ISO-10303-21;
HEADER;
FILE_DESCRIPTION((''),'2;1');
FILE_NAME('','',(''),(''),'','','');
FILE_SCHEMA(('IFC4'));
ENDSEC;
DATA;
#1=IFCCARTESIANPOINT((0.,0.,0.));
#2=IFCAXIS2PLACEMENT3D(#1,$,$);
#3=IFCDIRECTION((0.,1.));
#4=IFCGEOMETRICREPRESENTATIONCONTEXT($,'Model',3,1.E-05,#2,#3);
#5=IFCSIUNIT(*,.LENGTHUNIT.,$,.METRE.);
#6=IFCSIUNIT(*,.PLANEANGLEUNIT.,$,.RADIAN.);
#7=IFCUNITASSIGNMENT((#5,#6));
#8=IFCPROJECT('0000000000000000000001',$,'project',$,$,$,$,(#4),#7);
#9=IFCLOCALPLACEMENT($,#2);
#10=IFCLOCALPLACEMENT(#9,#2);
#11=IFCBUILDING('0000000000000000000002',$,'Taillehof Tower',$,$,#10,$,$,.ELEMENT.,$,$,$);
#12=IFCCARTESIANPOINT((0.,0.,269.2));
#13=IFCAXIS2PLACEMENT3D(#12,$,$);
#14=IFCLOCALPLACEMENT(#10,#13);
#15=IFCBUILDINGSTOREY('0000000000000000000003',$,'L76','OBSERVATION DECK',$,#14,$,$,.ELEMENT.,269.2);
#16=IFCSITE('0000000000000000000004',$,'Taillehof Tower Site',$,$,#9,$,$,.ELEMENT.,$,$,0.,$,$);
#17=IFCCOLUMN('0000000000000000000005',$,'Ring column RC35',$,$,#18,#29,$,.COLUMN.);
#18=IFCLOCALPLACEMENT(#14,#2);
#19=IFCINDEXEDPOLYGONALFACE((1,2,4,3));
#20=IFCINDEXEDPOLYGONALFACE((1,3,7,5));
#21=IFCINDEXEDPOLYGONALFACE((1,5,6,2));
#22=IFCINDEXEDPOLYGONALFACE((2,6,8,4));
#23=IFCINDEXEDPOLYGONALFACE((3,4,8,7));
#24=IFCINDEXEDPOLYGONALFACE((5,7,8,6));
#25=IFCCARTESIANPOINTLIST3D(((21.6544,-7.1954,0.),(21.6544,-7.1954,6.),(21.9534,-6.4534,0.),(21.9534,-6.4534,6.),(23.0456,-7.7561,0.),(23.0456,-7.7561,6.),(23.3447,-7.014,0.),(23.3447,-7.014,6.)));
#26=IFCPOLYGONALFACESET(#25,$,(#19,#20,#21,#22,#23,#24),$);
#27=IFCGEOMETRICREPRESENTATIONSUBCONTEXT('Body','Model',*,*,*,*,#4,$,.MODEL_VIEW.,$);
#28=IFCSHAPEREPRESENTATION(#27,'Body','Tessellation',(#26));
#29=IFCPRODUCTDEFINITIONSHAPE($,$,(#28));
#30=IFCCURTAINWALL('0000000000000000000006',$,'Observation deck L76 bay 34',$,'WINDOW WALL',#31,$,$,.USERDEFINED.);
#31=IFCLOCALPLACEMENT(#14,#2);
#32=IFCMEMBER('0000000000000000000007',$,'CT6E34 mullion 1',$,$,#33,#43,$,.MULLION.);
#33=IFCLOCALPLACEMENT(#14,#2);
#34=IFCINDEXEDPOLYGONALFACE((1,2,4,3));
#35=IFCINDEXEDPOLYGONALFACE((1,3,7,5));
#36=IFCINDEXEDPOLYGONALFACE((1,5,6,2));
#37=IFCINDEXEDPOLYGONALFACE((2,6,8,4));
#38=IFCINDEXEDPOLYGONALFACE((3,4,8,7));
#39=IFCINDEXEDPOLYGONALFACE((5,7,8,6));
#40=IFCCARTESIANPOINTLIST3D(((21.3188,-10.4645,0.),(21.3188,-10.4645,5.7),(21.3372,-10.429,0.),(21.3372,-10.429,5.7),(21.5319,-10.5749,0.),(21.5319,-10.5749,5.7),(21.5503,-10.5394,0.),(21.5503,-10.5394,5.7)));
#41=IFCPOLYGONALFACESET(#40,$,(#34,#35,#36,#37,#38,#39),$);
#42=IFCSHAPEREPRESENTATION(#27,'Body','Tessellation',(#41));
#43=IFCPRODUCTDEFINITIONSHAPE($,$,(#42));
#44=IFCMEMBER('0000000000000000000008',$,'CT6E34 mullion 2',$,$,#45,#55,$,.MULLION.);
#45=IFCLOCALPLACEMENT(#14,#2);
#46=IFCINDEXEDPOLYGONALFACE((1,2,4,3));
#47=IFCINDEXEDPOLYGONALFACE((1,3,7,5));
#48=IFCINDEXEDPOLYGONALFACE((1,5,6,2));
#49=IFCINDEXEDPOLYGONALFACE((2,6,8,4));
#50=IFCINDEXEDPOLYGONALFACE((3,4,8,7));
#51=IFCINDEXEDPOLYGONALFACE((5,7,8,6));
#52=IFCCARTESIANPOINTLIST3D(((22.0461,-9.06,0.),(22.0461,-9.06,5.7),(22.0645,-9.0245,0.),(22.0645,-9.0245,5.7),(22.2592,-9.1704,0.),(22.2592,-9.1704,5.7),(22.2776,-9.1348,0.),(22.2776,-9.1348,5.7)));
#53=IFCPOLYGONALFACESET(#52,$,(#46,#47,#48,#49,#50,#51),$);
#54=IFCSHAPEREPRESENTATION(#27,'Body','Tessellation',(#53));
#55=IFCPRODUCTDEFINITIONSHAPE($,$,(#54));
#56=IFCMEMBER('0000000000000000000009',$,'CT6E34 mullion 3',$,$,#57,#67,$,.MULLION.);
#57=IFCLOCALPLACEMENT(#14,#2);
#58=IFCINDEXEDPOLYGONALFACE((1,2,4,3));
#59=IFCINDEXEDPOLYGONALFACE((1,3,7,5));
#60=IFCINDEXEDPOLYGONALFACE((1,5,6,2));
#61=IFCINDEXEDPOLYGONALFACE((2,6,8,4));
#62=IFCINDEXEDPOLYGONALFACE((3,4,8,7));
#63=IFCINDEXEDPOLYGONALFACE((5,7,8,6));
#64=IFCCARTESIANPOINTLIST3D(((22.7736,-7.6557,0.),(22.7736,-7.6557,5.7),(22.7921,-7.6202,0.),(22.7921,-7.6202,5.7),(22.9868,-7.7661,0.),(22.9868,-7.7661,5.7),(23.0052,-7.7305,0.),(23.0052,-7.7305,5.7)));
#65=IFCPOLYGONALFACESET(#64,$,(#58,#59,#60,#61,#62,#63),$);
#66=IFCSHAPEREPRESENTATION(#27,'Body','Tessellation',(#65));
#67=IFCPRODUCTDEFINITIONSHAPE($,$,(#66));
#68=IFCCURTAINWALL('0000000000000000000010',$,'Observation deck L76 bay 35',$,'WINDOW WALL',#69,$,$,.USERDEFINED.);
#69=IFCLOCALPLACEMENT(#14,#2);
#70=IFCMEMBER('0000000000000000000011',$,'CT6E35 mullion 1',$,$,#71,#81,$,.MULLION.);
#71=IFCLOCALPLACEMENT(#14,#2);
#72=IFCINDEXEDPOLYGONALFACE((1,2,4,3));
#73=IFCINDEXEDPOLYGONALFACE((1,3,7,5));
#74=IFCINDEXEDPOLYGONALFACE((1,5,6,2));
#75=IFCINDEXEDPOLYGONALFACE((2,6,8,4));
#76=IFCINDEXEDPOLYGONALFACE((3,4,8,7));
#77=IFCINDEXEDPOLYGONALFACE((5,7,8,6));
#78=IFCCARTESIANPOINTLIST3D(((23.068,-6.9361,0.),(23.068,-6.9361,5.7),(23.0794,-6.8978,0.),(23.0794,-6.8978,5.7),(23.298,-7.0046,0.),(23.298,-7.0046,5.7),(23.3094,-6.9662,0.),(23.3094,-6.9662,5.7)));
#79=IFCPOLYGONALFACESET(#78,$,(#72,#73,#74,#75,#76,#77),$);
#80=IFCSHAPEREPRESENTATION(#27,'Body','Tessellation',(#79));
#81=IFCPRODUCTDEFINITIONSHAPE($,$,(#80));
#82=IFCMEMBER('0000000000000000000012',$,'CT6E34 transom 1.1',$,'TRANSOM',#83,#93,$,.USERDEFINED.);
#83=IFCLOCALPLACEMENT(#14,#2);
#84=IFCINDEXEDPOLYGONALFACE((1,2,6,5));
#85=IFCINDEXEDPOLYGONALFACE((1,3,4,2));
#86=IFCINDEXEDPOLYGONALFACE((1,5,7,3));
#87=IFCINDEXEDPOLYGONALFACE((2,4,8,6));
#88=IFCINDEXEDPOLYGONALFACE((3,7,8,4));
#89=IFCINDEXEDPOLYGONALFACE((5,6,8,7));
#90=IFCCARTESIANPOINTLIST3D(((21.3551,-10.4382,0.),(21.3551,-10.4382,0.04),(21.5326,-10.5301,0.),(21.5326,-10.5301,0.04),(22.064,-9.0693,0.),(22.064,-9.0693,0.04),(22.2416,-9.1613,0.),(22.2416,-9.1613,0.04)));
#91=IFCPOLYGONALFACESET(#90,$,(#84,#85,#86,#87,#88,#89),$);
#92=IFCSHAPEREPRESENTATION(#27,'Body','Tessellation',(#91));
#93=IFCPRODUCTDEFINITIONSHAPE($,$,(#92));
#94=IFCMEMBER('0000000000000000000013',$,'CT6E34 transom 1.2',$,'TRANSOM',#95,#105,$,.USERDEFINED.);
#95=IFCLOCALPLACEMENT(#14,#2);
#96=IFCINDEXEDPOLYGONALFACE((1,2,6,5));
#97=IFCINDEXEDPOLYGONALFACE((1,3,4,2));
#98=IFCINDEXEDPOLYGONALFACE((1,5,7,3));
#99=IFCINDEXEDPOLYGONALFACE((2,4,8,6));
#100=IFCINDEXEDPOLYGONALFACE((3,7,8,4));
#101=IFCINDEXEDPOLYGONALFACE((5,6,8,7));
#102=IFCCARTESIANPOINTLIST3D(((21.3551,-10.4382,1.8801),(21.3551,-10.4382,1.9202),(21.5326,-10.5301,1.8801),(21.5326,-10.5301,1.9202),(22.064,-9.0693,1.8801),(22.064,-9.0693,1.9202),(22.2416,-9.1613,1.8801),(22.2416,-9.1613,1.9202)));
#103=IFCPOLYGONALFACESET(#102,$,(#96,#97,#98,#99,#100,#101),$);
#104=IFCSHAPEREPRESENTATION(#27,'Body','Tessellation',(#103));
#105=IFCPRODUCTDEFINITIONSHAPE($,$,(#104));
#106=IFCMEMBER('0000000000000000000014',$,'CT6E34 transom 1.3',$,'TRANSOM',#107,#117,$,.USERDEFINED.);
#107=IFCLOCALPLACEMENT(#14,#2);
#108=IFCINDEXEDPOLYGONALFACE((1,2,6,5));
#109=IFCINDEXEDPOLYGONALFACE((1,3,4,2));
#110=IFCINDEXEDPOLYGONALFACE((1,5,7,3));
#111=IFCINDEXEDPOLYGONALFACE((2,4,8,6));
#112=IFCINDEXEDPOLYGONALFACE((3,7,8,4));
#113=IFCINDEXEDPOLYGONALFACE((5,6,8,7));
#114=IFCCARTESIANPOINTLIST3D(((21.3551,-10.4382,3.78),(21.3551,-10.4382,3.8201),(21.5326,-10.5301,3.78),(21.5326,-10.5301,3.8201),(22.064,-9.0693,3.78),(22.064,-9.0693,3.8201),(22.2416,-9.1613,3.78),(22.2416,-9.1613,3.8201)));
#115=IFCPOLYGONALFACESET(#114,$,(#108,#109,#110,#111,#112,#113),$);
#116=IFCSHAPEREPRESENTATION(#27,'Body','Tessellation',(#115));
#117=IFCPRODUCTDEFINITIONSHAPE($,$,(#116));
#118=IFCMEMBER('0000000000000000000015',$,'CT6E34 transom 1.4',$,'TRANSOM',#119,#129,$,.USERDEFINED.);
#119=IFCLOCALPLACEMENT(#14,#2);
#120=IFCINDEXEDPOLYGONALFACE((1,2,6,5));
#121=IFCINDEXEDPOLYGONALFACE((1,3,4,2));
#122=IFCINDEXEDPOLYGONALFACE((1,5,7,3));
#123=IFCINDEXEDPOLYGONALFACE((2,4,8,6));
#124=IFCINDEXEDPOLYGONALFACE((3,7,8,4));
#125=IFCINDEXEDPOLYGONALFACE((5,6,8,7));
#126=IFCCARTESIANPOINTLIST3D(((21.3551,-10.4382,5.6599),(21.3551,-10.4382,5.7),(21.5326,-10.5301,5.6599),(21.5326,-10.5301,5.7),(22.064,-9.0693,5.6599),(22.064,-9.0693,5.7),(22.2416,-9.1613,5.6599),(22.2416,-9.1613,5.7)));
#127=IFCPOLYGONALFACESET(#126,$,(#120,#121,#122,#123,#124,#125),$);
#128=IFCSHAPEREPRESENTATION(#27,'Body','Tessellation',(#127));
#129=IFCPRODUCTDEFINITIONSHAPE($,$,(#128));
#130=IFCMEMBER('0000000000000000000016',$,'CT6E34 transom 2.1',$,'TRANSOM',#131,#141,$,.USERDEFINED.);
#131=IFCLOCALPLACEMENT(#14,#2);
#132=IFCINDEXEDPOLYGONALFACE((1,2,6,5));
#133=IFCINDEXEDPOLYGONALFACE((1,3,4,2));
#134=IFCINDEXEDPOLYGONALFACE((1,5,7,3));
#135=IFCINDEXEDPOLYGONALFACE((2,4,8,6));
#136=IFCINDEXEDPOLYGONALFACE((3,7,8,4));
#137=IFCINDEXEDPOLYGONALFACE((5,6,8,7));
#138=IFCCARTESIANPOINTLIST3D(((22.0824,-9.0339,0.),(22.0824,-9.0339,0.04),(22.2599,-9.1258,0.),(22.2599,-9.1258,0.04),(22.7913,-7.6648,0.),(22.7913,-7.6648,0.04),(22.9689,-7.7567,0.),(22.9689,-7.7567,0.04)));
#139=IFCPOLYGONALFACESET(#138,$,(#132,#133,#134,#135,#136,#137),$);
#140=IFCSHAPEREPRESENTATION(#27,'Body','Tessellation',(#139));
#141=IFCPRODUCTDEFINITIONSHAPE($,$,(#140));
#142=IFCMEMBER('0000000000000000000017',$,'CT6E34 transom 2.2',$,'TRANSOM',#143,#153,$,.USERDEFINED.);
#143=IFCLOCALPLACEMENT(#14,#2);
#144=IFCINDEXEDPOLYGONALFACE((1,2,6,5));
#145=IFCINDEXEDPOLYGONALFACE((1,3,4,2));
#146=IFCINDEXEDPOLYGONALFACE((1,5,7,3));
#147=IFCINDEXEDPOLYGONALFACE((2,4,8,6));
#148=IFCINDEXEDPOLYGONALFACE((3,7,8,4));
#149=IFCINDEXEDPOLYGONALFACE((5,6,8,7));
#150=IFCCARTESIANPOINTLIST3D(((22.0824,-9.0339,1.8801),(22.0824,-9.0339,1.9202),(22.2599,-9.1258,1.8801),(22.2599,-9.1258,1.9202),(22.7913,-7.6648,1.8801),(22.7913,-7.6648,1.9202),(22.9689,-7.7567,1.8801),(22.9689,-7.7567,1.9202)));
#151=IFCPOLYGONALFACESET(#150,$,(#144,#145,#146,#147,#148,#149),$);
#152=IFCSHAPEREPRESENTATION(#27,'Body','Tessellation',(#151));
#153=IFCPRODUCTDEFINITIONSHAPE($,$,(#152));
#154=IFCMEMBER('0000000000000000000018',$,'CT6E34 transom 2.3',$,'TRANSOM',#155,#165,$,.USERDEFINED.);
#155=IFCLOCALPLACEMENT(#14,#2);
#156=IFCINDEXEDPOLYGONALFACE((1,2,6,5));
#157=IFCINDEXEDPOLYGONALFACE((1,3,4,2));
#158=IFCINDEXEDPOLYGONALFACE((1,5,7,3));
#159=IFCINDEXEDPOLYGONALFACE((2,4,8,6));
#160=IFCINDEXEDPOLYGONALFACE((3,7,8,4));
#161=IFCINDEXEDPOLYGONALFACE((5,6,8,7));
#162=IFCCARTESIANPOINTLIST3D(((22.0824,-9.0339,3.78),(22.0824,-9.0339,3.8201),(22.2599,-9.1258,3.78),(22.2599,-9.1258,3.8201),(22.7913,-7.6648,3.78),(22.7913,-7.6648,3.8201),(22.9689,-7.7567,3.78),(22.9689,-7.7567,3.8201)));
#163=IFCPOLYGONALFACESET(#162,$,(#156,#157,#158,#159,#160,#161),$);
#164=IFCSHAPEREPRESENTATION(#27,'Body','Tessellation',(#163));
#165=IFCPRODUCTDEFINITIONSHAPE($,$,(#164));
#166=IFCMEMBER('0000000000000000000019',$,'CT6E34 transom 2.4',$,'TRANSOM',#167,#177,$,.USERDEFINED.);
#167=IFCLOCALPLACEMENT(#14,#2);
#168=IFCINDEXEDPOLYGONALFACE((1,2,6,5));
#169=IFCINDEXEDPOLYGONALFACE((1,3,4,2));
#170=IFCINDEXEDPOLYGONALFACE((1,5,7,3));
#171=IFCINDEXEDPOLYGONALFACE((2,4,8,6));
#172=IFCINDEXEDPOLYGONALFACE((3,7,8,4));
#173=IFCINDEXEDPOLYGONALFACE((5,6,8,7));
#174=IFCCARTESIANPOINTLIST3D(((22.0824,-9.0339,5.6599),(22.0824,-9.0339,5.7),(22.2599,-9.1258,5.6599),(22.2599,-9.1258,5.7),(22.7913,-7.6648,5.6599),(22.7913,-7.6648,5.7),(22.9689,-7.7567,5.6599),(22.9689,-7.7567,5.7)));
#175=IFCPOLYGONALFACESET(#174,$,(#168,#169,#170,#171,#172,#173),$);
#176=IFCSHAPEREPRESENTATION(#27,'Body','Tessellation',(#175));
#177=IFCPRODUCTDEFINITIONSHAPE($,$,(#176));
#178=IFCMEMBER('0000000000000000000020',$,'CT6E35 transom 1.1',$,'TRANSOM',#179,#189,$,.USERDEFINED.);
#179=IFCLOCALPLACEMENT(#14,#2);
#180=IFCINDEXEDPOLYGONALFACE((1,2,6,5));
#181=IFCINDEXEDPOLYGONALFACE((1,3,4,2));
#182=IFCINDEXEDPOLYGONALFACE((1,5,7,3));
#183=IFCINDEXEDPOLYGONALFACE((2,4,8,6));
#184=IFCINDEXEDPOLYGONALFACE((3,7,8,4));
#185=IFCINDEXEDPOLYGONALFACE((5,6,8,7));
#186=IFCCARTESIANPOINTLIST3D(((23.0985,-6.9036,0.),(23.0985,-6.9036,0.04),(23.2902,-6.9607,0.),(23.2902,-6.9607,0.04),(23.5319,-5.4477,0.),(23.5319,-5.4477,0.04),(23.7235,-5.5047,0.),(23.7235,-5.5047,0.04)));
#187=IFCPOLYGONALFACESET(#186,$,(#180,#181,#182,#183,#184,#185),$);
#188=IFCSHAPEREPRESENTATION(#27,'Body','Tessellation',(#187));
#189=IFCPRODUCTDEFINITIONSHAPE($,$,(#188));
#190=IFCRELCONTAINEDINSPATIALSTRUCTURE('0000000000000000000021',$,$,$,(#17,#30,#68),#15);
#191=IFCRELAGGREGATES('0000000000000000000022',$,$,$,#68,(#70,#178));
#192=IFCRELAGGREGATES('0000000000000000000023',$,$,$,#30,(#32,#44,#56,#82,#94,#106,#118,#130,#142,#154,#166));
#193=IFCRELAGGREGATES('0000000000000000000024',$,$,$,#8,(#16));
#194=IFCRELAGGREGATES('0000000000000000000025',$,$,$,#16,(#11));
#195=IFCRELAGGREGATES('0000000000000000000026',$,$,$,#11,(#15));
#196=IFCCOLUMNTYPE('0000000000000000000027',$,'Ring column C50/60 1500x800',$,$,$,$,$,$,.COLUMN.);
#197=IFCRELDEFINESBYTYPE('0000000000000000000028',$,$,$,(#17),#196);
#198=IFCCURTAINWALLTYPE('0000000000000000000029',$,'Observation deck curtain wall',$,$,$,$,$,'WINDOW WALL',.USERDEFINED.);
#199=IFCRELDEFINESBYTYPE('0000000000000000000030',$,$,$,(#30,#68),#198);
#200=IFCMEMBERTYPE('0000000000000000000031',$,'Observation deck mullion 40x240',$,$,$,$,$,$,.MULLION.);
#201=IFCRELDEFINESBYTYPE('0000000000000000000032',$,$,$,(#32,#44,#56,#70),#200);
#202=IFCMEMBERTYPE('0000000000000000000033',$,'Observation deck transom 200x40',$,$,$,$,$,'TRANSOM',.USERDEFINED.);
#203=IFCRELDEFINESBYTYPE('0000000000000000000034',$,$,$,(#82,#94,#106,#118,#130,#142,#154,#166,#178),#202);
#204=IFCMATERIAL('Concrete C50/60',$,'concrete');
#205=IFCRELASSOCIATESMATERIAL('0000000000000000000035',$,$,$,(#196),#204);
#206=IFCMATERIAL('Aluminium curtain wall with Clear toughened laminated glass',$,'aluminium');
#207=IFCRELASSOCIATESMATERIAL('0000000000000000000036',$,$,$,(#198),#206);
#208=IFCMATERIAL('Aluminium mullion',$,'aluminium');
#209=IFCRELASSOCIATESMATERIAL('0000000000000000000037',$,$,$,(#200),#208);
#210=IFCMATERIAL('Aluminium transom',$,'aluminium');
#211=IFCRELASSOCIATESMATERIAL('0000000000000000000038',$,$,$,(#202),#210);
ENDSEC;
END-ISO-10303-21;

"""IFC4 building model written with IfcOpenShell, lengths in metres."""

from ifc_helpers import new_model, si_unit, direction, frame, origin, origin_2d, place, context, subcontext, project, spatial, rectangle, extrude, material, material_profile, profile_set, type_object, element, aggregate, save


model = new_model("IFC4")

# Units and contexts
model_context = context("Model", 3, precision=1e-05, world=origin(), true_north=direction((0.0, 1.0)))
body_context = subcontext(model_context, "Body", "Model", "MODEL_VIEW")
ifc_project = project(units=[si_unit("LENGTHUNIT", "METRE"), si_unit("PLANEANGLEUNIT", "RADIAN")], contexts=[model_context])

# Site, building, storey
site_placement = place(None, origin())
site = spatial("IfcSite", under=ifc_project, at=site_placement, Name="Taillehof Tower Site", CompositionType="ELEMENT", RefElevation=0.0)
building_placement = place(site_placement, origin())
building = spatial("IfcBuilding", under=site, at=building_placement, Name="Taillehof Tower", CompositionType="ELEMENT")
storey_placement = place(building_placement, frame((0.0, 0.0, 269.2)))
storey = spatial("IfcBuildingStorey", under=building, at=storey_placement, Name="L76", Description="OBSERVATION DECK", CompositionType="ELEMENT", Elevation=269.2)

# Column
ifc_material_1 = material(Name="Concrete C50/60", Category="concrete")
ifc_material_profile_1 = material_profile(ifc_material_1, rectangle(XDim=1.5, YDim=0.8, at=origin_2d()), Name="RC 1500x800")
ifc_profile_set_1 = profile_set([ifc_material_profile_1], Name="Concrete C50/60")
column_type = type_object("IfcColumnType", Name="Ring column C50/60 1500x800", PredefinedType="COLUMN", material=ifc_profile_set_1)
column_placement = place(storey_placement, frame((22.4995, -7.1047, 0.0), z_axis=(0.0, 0.0, 1.0), x_axis=(0.927525, -0.373762, 0.0)))
element("IfcColumn", 1, at=column_placement, inside=storey, type_object=column_type, Name="Ring column RC35", PredefinedType="COLUMN", context=body_context, shape_type="SweptSolid", body=[
    extrude(rectangle(XDim=1.5, YDim=0.8, at=origin_2d()), origin(), (0.0, 0.0, 1.0), 6.0),
])

# Curtain wall, members
ifc_material_2 = material(Name="Aluminium curtain wall with Clear toughened laminated glass", Category="aluminium")
curtain_wall_type = type_object("IfcCurtainWallType", Name="Observation deck curtain wall", ElementType="WINDOW WALL", PredefinedType="USERDEFINED", material=ifc_material_2)
curtain_wall_1_placement = place(storey_placement, origin())
curtain_wall_1 = element("IfcCurtainWall", 2, at=curtain_wall_1_placement, inside=storey, type_object=curtain_wall_type, Name="Observation deck L76 bay 34", ObjectType="WINDOW WALL", PredefinedType="USERDEFINED")
ifc_material_3 = material(Name="Aluminium mullion", Category="aluminium")
ifc_material_profile_2 = material_profile(ifc_material_3, rectangle(XDim=0.24, YDim=0.04, at=origin_2d()), Name="AL 40x240")
ifc_profile_set_2 = profile_set([ifc_material_profile_2], Name="Aluminium mullion")
member_type_1 = type_object("IfcMemberType", Name="Observation deck mullion 40x240", PredefinedType="MULLION", material=ifc_profile_set_2)
member_1_placement = place(storey_placement, frame((21.4346, -10.502, 0.0), z_axis=(0.0, 0.0, 1.0), x_axis=(-0.887975, 0.459891, 0.0)))
member_1 = element("IfcMember", 3, at=member_1_placement, type_object=member_type_1, Name="CT6E34 mullion 1", PredefinedType="MULLION", context=body_context, shape_type="SweptSolid", body=[
    extrude(rectangle(XDim=0.24, YDim=0.04, at=origin_2d()), origin(), (0.0, 0.0, 1.0), 5.7),
])
member_2_placement = place(storey_placement, frame((22.1619, -9.0974, 0.0), z_axis=(0.0, 0.0, 1.0), x_axis=(-0.887975, 0.459891, 0.0)))
member_2 = element("IfcMember", 4, at=member_2_placement, type_object=member_type_1, Name="CT6E34 mullion 2", PredefinedType="MULLION", context=body_context, shape_type="SweptSolid", body=[
    extrude(rectangle(XDim=0.24, YDim=0.04, at=origin_2d()), origin(), (0.0, 0.0, 1.0), 5.7),
])
member_3_placement = place(storey_placement, frame((22.8894, -7.6931, 0.0), z_axis=(0.0, 0.0, 1.0), x_axis=(-0.887975, 0.459891, 0.0)))
member_3 = element("IfcMember", 5, at=member_3_placement, type_object=member_type_1, Name="CT6E34 mullion 3", PredefinedType="MULLION", context=body_context, shape_type="SweptSolid", body=[
    extrude(rectangle(XDim=0.24, YDim=0.04, at=origin_2d()), origin(), (0.0, 0.0, 1.0), 5.7),
])

# Curtain wall, member
curtain_wall_2_placement = place(storey_placement, origin())
curtain_wall_2 = element("IfcCurtainWall", 6, at=curtain_wall_2_placement, inside=storey, type_object=curtain_wall_type, Name="Observation deck L76 bay 35", ObjectType="WINDOW WALL", PredefinedType="USERDEFINED")
member_4_placement = place(storey_placement, frame((23.1887, -6.9512, 0.0), z_axis=(0.0, 0.0, 1.0), x_axis=(-0.958457, 0.285236, 0.0)))
member_4 = element("IfcMember", 7, at=member_4_placement, type_object=member_type_1, Name="CT6E35 mullion 1", PredefinedType="MULLION", context=body_context, shape_type="SweptSolid", body=[
    extrude(rectangle(XDim=0.24, YDim=0.04, at=origin_2d()), origin(), (0.0, 0.0, 1.0), 5.7),
])

# Members
ifc_material_4 = material(Name="Aluminium transom", Category="aluminium")
ifc_material_profile_3 = material_profile(ifc_material_4, rectangle(XDim=0.2, YDim=0.04, at=origin_2d()), Name="AL 200x40")
ifc_profile_set_3 = profile_set([ifc_material_profile_3], Name="Aluminium transom")
member_type_2 = type_object("IfcMemberType", Name="Observation deck transom 200x40", ElementType="TRANSOM", PredefinedType="USERDEFINED", material=ifc_profile_set_3)
member_5_placement = place(storey_placement, frame((21.4438, -10.4841, 0.02), z_axis=(0.459901, 0.88797, 0.0), x_axis=(-0.88797, 0.459901, 0.0)))
member_5 = element("IfcMember", 8, at=member_5_placement, type_object=member_type_2, Name="CT6E34 transom 1.1", ObjectType="TRANSOM", PredefinedType="USERDEFINED", context=body_context, shape_type="SweptSolid", body=[
    extrude(rectangle(XDim=0.2, YDim=0.04, at=origin_2d()), origin(), (0.0, 0.0, 1.0), 1.5415),
])
member_6_placement = place(storey_placement, frame((21.4438, -10.4841, 1.9001), z_axis=(0.459901, 0.88797, 0.0), x_axis=(-0.88797, 0.459901, 0.0)))
member_6 = element("IfcMember", 9, at=member_6_placement, type_object=member_type_2, Name="CT6E34 transom 1.2", ObjectType="TRANSOM", PredefinedType="USERDEFINED", context=body_context, shape_type="SweptSolid", body=[
    extrude(rectangle(XDim=0.2, YDim=0.04, at=origin_2d()), origin(), (0.0, 0.0, 1.0), 1.5415),
])
member_7_placement = place(storey_placement, frame((21.4438, -10.4841, 3.8), z_axis=(0.459901, 0.88797, 0.0), x_axis=(-0.88797, 0.459901, 0.0)))
member_7 = element("IfcMember", 10, at=member_7_placement, type_object=member_type_2, Name="CT6E34 transom 1.3", ObjectType="TRANSOM", PredefinedType="USERDEFINED", context=body_context, shape_type="SweptSolid", body=[
    extrude(rectangle(XDim=0.2, YDim=0.04, at=origin_2d()), origin(), (0.0, 0.0, 1.0), 1.5415),
])
member_8_placement = place(storey_placement, frame((21.4438, -10.4841, 5.6799), z_axis=(0.459901, 0.88797, 0.0), x_axis=(-0.88797, 0.459901, 0.0)))
member_8 = element("IfcMember", 11, at=member_8_placement, type_object=member_type_2, Name="CT6E34 transom 1.4", ObjectType="TRANSOM", PredefinedType="USERDEFINED", context=body_context, shape_type="SweptSolid", body=[
    extrude(rectangle(XDim=0.2, YDim=0.04, at=origin_2d()), origin(), (0.0, 0.0, 1.0), 1.5415),
])
member_9_placement = place(storey_placement, frame((22.1711, -9.0798, 0.02), z_axis=(0.459836, 0.888004, 0.0), x_axis=(-0.888004, 0.459836, 0.0)))
member_9 = element("IfcMember", 12, at=member_9_placement, type_object=member_type_2, Name="CT6E34 transom 2.1", ObjectType="TRANSOM", PredefinedType="USERDEFINED", context=body_context, shape_type="SweptSolid", body=[
    extrude(rectangle(XDim=0.2, YDim=0.04, at=origin_2d()), origin(), (0.0, 0.0, 1.0), 1.5417),
])
member_10_placement = place(storey_placement, frame((22.1711, -9.0798, 1.9001), z_axis=(0.459836, 0.888004, 0.0), x_axis=(-0.888004, 0.459836, 0.0)))
member_10 = element("IfcMember", 13, at=member_10_placement, type_object=member_type_2, Name="CT6E34 transom 2.2", ObjectType="TRANSOM", PredefinedType="USERDEFINED", context=body_context, shape_type="SweptSolid", body=[
    extrude(rectangle(XDim=0.2, YDim=0.04, at=origin_2d()), origin(), (0.0, 0.0, 1.0), 1.5417),
])
member_11_placement = place(storey_placement, frame((22.1711, -9.0798, 3.8), z_axis=(0.459836, 0.888004, 0.0), x_axis=(-0.888004, 0.459836, 0.0)))
member_11 = element("IfcMember", 14, at=member_11_placement, type_object=member_type_2, Name="CT6E34 transom 2.3", ObjectType="TRANSOM", PredefinedType="USERDEFINED", context=body_context, shape_type="SweptSolid", body=[
    extrude(rectangle(XDim=0.2, YDim=0.04, at=origin_2d()), origin(), (0.0, 0.0, 1.0), 1.5417),
])
member_12_placement = place(storey_placement, frame((22.1711, -9.0798, 5.6799), z_axis=(0.459836, 0.888004, 0.0), x_axis=(-0.888004, 0.459836, 0.0)))
member_12 = element("IfcMember", 15, at=member_12_placement, type_object=member_type_2, Name="CT6E34 transom 2.4", ObjectType="TRANSOM", PredefinedType="USERDEFINED", context=body_context, shape_type="SweptSolid", body=[
    extrude(rectangle(XDim=0.2, YDim=0.04, at=origin_2d()), origin(), (0.0, 0.0, 1.0), 1.5417),
])
member_13_placement = place(storey_placement, frame((23.1943, -6.9321, 0.02), z_axis=(0.285298, 0.958439, 0.0), x_axis=(-0.958439, 0.285298, 0.0)))
member_13 = element("IfcMember", 16, at=member_13_placement, type_object=member_type_2, Name="CT6E35 transom 1.1", ObjectType="TRANSOM", PredefinedType="USERDEFINED", context=body_context, shape_type="SweptSolid", body=[
    extrude(rectangle(XDim=0.2, YDim=0.04, at=origin_2d()), origin(), (0.0, 0.0, 1.0), 1.519),
])
aggregate(curtain_wall_2, [member_4, member_13])

aggregate(curtain_wall_1, [member_1, member_2, member_3, member_5, member_6, member_7, member_8, member_9, member_10, member_11, member_12])

save(model, "model.ifc")
